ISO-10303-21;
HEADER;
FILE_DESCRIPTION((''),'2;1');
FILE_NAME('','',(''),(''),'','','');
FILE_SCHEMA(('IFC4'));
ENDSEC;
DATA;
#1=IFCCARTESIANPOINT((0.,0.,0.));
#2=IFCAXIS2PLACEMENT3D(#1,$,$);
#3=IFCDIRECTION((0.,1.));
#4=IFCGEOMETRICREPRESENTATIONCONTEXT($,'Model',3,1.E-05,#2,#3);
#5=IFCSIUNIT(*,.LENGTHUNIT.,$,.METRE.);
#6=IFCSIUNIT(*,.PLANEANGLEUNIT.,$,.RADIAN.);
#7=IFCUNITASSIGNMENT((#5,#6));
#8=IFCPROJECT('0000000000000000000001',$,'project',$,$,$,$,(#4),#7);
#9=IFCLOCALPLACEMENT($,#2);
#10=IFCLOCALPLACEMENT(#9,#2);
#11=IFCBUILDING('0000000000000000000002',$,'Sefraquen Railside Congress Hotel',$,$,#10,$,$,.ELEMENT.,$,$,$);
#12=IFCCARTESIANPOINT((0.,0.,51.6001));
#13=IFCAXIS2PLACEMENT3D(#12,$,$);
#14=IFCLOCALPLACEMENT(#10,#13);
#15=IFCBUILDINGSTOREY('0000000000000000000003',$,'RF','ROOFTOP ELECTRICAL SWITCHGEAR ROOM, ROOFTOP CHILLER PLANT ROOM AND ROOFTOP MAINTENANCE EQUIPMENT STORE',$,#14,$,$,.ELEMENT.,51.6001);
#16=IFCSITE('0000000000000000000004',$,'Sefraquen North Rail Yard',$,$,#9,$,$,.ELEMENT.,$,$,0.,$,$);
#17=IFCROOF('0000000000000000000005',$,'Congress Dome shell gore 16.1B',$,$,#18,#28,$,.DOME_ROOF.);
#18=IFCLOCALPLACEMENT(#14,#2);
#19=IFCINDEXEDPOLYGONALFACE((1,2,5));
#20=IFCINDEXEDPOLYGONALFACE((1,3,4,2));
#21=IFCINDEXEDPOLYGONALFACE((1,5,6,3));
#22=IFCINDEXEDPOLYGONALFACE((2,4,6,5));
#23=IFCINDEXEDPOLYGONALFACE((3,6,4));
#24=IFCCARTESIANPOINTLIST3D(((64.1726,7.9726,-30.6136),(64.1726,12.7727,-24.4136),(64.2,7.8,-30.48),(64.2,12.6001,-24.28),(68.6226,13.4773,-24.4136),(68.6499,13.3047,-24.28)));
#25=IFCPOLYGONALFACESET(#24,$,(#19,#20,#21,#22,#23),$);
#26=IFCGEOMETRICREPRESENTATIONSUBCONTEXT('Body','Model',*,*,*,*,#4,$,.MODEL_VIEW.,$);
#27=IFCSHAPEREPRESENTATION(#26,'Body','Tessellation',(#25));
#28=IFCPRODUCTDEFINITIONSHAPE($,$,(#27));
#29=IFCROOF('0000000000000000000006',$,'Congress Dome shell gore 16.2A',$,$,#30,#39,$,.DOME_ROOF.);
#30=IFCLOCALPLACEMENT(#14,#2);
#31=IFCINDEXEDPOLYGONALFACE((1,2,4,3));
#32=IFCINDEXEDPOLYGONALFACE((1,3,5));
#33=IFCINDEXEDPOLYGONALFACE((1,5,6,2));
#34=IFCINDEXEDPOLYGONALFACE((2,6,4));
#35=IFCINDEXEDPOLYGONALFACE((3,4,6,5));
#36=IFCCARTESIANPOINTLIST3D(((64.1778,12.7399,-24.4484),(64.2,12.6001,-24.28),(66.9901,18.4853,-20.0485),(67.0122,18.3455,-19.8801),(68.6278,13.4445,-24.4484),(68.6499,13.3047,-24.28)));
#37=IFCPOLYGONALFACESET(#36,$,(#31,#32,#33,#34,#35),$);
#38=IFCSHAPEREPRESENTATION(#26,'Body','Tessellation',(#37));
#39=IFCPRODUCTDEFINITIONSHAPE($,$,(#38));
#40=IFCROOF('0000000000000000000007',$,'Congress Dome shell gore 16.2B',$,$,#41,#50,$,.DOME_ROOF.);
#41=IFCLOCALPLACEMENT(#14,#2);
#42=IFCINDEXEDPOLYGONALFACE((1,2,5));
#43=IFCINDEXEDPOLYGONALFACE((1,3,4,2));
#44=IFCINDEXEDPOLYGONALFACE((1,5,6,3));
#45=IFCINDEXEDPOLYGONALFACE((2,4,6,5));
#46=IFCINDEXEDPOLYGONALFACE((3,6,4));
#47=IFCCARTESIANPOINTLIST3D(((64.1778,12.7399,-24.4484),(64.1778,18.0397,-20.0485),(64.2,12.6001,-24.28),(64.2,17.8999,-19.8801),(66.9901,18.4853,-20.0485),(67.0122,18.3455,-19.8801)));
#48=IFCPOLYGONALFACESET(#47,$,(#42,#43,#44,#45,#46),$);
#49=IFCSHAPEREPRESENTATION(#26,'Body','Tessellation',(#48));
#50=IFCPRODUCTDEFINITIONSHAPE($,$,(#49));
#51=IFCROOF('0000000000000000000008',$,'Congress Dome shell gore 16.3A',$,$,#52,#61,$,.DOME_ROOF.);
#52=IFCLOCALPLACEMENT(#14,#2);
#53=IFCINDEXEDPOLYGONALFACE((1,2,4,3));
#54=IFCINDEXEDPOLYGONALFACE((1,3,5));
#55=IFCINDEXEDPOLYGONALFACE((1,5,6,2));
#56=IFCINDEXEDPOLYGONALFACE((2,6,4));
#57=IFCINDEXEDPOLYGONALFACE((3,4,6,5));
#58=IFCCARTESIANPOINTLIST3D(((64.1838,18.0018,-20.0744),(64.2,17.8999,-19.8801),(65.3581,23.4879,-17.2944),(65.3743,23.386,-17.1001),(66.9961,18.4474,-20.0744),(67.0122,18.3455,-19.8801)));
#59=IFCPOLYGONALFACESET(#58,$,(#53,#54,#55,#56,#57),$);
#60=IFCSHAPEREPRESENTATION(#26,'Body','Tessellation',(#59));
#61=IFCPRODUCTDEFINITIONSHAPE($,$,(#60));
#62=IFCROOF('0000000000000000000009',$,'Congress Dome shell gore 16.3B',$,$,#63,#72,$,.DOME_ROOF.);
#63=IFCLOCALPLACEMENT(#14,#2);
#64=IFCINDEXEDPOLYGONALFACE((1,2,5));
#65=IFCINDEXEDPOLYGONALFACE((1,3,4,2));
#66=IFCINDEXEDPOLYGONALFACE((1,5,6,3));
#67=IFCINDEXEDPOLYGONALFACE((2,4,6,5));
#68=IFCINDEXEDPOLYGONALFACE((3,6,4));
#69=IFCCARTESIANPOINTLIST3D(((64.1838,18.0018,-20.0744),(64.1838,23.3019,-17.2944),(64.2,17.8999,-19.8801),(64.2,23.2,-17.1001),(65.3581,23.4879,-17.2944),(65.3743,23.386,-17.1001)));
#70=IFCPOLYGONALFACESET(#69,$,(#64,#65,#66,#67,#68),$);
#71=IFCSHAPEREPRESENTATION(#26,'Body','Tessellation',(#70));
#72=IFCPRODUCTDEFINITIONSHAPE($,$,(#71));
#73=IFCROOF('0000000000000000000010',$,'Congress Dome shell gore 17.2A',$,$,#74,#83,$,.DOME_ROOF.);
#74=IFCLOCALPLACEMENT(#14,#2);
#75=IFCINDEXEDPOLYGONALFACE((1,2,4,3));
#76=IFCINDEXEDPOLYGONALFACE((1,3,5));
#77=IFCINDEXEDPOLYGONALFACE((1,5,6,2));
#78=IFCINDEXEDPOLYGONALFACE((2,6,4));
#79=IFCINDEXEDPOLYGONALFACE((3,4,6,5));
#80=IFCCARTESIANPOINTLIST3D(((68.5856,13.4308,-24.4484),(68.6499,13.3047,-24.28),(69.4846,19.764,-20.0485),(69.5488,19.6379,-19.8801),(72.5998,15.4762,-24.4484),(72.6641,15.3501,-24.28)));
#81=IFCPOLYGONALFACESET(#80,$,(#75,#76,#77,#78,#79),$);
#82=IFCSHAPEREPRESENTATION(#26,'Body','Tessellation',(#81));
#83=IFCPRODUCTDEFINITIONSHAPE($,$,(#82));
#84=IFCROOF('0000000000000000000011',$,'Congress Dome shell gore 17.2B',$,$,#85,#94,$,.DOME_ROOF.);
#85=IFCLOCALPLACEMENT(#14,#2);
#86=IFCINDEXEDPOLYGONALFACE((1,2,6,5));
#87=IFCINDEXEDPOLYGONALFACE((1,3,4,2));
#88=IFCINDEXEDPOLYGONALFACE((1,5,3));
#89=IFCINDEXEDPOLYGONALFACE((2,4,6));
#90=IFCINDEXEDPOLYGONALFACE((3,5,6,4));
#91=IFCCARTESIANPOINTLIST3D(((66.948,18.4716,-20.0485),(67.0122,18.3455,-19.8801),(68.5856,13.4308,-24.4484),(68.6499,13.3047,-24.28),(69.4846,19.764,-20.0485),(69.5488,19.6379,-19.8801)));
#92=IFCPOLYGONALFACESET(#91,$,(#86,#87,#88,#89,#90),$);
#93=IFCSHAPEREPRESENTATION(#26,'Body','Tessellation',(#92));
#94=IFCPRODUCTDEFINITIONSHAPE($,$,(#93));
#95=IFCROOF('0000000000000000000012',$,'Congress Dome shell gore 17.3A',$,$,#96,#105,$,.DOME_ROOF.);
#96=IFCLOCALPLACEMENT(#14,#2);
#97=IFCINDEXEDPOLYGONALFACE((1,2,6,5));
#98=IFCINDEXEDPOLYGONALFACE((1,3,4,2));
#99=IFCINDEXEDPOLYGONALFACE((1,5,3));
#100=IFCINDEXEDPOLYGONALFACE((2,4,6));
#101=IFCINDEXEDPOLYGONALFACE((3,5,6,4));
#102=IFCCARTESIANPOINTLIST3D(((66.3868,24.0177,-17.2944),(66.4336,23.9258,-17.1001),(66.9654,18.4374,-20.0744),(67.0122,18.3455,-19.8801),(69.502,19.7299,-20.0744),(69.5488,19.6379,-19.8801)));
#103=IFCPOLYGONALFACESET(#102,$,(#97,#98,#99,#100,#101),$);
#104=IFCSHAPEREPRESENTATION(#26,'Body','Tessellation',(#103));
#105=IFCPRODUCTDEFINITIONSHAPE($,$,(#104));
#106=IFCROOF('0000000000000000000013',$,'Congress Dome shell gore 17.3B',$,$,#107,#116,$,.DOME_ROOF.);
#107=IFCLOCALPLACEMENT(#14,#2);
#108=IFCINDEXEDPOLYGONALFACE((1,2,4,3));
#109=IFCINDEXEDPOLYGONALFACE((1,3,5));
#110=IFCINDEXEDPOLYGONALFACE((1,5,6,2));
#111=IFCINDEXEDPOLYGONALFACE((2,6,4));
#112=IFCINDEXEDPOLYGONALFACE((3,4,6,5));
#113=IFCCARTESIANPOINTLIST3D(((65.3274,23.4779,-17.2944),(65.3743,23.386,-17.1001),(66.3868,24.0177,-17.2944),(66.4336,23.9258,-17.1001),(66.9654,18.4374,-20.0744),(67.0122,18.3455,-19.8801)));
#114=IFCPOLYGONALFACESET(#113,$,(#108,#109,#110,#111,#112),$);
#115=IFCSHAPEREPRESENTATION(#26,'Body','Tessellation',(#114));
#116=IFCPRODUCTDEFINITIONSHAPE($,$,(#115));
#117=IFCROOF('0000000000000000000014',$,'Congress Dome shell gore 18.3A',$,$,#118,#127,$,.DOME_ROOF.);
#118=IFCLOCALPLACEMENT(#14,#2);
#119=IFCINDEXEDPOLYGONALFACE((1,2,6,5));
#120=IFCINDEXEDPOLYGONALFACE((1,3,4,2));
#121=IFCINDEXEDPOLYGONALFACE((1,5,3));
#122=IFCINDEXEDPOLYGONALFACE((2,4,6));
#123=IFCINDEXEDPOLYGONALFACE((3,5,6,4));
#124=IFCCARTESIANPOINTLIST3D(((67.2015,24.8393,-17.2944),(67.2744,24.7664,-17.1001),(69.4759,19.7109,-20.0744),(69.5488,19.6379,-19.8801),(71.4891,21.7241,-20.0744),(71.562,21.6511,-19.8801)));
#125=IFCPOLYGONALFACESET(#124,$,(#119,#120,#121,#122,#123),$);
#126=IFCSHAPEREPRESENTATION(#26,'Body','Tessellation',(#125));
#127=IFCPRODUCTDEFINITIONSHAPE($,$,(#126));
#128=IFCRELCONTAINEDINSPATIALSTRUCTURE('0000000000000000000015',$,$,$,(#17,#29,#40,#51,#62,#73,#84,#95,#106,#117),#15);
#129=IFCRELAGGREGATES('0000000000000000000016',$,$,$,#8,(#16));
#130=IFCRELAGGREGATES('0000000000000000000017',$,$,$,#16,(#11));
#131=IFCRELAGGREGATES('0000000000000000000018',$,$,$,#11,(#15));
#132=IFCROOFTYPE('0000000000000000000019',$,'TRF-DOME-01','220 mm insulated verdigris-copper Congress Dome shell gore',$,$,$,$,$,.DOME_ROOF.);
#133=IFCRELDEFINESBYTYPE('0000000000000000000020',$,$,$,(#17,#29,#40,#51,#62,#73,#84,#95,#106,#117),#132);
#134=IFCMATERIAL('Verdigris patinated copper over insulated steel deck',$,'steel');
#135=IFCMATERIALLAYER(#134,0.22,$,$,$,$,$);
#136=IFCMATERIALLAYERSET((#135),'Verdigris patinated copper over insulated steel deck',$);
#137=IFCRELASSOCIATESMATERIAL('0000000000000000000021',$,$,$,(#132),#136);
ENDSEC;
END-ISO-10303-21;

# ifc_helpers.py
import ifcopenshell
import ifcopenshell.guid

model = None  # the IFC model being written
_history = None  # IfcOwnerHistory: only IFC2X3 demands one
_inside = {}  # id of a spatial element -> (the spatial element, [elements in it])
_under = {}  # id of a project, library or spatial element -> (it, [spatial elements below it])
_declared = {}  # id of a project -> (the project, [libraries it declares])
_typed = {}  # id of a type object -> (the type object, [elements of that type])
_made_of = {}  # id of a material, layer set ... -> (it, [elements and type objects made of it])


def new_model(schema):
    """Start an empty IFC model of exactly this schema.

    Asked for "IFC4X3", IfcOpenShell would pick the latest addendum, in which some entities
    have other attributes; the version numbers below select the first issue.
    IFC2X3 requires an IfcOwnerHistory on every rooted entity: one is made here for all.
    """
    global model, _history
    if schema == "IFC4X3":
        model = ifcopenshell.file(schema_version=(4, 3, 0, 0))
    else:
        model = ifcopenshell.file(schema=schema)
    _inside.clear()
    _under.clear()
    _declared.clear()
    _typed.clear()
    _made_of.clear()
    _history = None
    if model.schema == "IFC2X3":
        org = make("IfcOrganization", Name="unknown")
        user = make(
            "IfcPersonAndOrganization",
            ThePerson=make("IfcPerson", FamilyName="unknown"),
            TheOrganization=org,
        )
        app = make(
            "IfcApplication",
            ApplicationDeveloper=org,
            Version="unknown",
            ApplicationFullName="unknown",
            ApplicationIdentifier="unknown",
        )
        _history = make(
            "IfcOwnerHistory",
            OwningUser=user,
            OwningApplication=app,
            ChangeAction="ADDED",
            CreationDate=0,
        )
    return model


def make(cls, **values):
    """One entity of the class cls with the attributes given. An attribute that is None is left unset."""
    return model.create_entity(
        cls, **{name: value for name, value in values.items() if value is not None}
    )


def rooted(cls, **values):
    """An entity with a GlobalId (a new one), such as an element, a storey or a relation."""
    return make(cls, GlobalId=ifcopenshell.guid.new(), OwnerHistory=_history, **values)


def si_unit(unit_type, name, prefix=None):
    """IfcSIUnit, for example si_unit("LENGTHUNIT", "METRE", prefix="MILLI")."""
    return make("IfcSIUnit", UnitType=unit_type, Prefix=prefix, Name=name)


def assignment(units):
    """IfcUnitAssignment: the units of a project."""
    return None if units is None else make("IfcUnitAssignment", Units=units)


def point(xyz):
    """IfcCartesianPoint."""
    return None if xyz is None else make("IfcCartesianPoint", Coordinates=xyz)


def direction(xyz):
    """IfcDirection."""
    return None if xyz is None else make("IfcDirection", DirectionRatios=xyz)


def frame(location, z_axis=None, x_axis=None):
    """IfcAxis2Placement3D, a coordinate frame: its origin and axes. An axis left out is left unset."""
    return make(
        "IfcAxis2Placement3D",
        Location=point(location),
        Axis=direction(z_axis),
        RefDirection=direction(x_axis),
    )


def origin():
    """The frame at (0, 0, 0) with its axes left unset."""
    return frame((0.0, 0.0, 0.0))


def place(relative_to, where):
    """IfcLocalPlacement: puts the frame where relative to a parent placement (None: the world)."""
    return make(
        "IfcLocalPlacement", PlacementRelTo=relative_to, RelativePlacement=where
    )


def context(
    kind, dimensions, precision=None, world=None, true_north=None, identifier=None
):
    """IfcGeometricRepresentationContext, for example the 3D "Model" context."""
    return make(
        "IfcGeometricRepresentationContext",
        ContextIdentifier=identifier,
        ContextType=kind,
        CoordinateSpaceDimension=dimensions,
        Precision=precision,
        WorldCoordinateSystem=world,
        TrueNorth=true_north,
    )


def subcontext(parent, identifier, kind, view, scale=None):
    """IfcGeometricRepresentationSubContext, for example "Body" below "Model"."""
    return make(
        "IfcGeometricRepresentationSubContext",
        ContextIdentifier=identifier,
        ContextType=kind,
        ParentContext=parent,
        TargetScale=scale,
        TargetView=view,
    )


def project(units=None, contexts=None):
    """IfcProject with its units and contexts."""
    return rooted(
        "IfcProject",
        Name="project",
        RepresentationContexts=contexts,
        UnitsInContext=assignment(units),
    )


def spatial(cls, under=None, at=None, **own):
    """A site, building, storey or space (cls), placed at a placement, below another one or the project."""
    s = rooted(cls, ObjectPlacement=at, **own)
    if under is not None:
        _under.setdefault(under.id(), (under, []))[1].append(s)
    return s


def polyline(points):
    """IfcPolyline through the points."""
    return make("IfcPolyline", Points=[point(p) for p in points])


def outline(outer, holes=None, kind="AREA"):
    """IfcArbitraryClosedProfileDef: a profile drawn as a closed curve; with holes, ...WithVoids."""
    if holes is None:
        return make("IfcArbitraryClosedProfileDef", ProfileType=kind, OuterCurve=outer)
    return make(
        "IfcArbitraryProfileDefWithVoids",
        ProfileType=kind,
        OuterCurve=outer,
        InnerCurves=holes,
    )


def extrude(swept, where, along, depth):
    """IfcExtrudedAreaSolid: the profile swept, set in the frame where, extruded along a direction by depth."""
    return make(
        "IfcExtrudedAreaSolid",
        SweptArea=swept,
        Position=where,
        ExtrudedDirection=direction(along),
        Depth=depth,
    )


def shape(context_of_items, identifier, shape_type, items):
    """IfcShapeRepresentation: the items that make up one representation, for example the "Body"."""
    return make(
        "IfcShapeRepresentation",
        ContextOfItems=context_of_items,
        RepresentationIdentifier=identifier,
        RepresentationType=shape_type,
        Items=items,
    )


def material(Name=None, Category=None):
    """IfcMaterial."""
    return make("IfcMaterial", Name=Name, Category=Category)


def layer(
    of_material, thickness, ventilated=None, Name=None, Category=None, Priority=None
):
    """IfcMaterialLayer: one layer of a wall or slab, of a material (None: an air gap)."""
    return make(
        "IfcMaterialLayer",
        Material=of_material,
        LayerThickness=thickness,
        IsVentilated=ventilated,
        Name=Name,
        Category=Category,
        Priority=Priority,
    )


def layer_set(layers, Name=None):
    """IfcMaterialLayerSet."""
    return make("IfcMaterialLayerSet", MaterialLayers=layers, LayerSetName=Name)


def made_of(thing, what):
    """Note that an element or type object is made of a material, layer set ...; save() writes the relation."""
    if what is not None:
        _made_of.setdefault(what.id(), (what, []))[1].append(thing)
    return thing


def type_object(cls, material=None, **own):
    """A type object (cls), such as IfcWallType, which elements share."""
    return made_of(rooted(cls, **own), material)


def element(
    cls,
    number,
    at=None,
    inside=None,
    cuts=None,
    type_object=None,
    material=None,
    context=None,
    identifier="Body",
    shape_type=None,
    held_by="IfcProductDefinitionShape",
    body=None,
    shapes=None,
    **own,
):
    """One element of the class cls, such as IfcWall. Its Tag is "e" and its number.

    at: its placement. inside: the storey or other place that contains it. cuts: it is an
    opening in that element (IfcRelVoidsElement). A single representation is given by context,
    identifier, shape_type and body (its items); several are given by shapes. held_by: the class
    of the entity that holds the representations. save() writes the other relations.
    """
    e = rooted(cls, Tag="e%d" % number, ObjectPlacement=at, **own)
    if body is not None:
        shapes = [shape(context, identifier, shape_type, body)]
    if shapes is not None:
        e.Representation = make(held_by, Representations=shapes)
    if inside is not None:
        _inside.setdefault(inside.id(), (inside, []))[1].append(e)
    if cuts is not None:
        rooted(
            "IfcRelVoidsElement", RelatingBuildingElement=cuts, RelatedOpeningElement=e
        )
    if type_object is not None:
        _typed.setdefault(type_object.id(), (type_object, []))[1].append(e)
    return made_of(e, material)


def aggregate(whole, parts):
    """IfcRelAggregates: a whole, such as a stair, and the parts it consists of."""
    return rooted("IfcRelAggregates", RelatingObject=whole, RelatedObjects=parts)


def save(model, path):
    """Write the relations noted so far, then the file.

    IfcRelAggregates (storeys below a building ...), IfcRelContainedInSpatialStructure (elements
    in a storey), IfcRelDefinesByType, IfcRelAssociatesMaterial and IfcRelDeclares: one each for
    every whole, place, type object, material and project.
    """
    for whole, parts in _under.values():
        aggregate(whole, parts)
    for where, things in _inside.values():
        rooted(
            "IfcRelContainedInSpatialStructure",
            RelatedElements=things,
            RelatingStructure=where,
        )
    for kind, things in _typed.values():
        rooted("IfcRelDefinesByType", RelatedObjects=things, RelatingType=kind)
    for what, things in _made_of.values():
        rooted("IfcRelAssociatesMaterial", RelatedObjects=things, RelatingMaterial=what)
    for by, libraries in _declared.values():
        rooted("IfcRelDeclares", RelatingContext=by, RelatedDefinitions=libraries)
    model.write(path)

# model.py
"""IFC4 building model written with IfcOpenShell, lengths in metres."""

from ifc_helpers import new_model, si_unit, direction, frame, origin, place, context, subcontext, project, spatial, polyline, outline, extrude, material, layer, layer_set, type_object, element, save


model = new_model("IFC4")

# Units and contexts
model_context = context("Model", 3, precision=1e-05, world=origin(), true_north=direction((0.0, 1.0)))
body_context = subcontext(model_context, "Body", "Model", "MODEL_VIEW")
ifc_project = project(units=[si_unit("LENGTHUNIT", "METRE"), si_unit("PLANEANGLEUNIT", "RADIAN")], contexts=[model_context])

# Site, building, storey
site_placement = place(None, origin())
site = spatial("IfcSite", under=ifc_project, at=site_placement, Name="Sefraquen North Rail Yard", CompositionType="ELEMENT", RefElevation=0.0)
building_placement = place(site_placement, origin())
building = spatial("IfcBuilding", under=site, at=building_placement, Name="Sefraquen Railside Congress Hotel", CompositionType="ELEMENT")
storey_placement = place(building_placement, frame((0.0, 0.0, 51.6001)))
storey = spatial("IfcBuildingStorey", under=building, at=storey_placement, Name="RF", Description="ROOFTOP ELECTRICAL SWITCHGEAR ROOM, ROOFTOP CHILLER PLANT ROOM AND ROOFTOP MAINTENANCE EQUIPMENT STORE", CompositionType="ELEMENT", Elevation=51.6001)

# Roofs
ifc_material_1 = material(Name="Verdigris patinated copper over insulated steel deck", Category="steel")
ifc_layer = layer(ifc_material_1, 0.22)
ifc_layer_set = layer_set([ifc_layer], Name="Verdigris patinated copper over insulated steel deck")
roof_type = type_object("IfcRoofType", Name="TRF-DOME-01", Description="220 mm insulated verdigris-copper Congress Dome shell gore", PredefinedType="DOME_ROOF", material=ifc_layer_set)
roof_1_placement = place(storey_placement, frame((64.2, 7.8, -30.48), z_axis=(0.12423, -0.784593, 0.607438), x_axis=(0.472911, 0.584996, 0.658889)))
element("IfcRoof", 1, at=roof_1_placement, inside=storey, type_object=roof_type, Name="Congress Dome shell gore 16.1B", PredefinedType="DOME_ROOF", context=body_context, shape_type="SweptSolid", body=[
    extrude(outline(polyline([(0.0, 0.0), (9.4097, 0.0), (6.8931, 3.737), (0.0, 0.0)])), origin(), (0.0, 0.0, -1.0), 0.22),
])
roof_2_placement = place(storey_placement, frame((64.2, 12.6001, -24.28), z_axis=(0.100623, -0.6355, 0.765516), x_axis=(0.987696, 0.156388, 0.0)))
element("IfcRoof", 2, at=roof_2_placement, inside=storey, type_object=roof_type, Name="Congress Dome shell gore 16.2A", PredefinedType="DOME_ROOF", context=body_context, shape_type="SweptSolid", body=[
    extrude(outline(polyline([(0.0, 0.0), (4.5054, 0.0), (3.6762, 6.8383), (0.0, 0.0)])), origin(), (0.0, 0.0, -1.0), 0.22),
])
roof_3_placement = place(storey_placement, frame((64.2, 12.6001, -24.28), z_axis=(0.100687, -0.635515, 0.765495), x_axis=(0.362225, 0.740016, 0.566718)))
element("IfcRoof", 3, at=roof_3_placement, inside=storey, type_object=roof_type, Name="Congress Dome shell gore 16.2B", PredefinedType="DOME_ROOF", context=body_context, shape_type="SweptSolid", body=[
    extrude(outline(polyline([(0.0, 0.0), (7.7638, 0.0), (6.4154, 2.5078), (0.0, 0.0)])), origin(), (0.0, 0.0, -1.0), 0.22),
])
roof_4_placement = place(storey_placement, frame((64.2, 17.8999, -19.8801), z_axis=(0.073395, -0.463255, 0.88318), x_axis=(0.987681, 0.156482, 0.0)))
element("IfcRoof", 4, at=roof_4_placement, inside=storey, type_object=roof_type, Name="Congress Dome shell gore 16.3A", PredefinedType="DOME_ROOF", context=body_context, shape_type="SweptSolid", body=[
    extrude(outline(polyline([(0.0, 0.0), (2.8473, 0.0), (2.0183, 5.9271), (0.0, 0.0)])), origin(), (0.0, 0.0, -1.0), 0.22),
])
roof_5_placement = place(storey_placement, frame((64.2, 17.8999, -19.8801), z_axis=(0.073389, -0.463254, 0.883181), x_axis=(0.18755, 0.87618, 0.443997)))
element("IfcRoof", 5, at=roof_5_placement, inside=storey, type_object=roof_type, Name="Congress Dome shell gore 16.3B", PredefinedType="DOME_ROOF", context=body_context, shape_type="SweptSolid", body=[
    extrude(outline(polyline([(0.0, 0.0), (6.2614, 0.0), (5.8781, 1.1255), (0.0, 0.0)])), origin(), (0.0, 0.0, -1.0), 0.22),
])
roof_6_placement = place(storey_placement, frame((68.6499, 13.3047, -24.28), z_axis=(0.292118, -0.573287, 0.765512), x_axis=(0.890998, 0.454007, 0.0)))
element("IfcRoof", 6, at=roof_6_placement, inside=storey, type_object=roof_type, Name="Congress Dome shell gore 17.2A", PredefinedType="DOME_ROOF", context=body_context, shape_type="SweptSolid", body=[
    extrude(outline(polyline([(0.0, 0.0), (4.5052, 0.0), (3.6763, 6.8383), (0.0, 0.0)])), origin(), (0.0, 0.0, -1.0), 0.22),
])
roof_7_placement = place(storey_placement, frame((68.6499, 13.3047, -24.28), z_axis=(0.292107, -0.573288, 0.765516), x_axis=(0.115784, 0.815737, 0.566717)))
element("IfcRoof", 7, at=roof_7_placement, inside=storey, type_object=roof_type, Name="Congress Dome shell gore 17.2B", PredefinedType="DOME_ROOF", context=body_context, shape_type="SweptSolid", body=[
    extrude(outline(polyline([(0.0, 0.0), (7.7638, 0.0), (6.4158, 2.5075), (0.0, 0.0)])), origin(), (0.0, 0.0, -1.0), 0.22),
])
roof_8_placement = place(storey_placement, frame((67.0122, 18.3455, -19.8801), z_axis=(0.212936, -0.417909, 0.883182), x_axis=(0.891005, 0.453993, 0.0)))
element("IfcRoof", 8, at=roof_8_placement, inside=storey, type_object=roof_type, Name="Congress Dome shell gore 17.3A", PredefinedType="DOME_ROOF", context=body_context, shape_type="SweptSolid", body=[
    extrude(outline(polyline([(0.0, 0.0), (2.8469, 0.0), (2.0179, 5.9272), (0.0, 0.0)])), origin(), (0.0, 0.0, -1.0), 0.22),
])
roof_9_placement = place(storey_placement, frame((67.0122, 18.3455, -19.8801), z_axis=(0.21295, -0.417906, 0.88318), x_axis=(-0.092412, 0.891246, 0.444005)))
element("IfcRoof", 9, at=roof_9_placement, inside=storey, type_object=roof_type, Name="Congress Dome shell gore 17.3B", PredefinedType="DOME_ROOF", context=body_context, shape_type="SweptSolid", body=[
    extrude(outline(polyline([(0.0, 0.0), (6.2613, 0.0), (5.8781, 1.1255), (0.0, 0.0)])), origin(), (0.0, 0.0, -1.0), 0.22),
])
roof_10_placement = place(storey_placement, frame((69.5488, 19.6379, -19.8801), z_axis=(0.331664, -0.331664, 0.883175), x_axis=(0.707107, 0.707107, 0.0)))
element("IfcRoof", 10, at=roof_10_placement, inside=storey, type_object=roof_type, Name="Congress Dome shell gore 18.3A", PredefinedType="DOME_ROOF", context=body_context, shape_type="SweptSolid", body=[
    extrude(outline(polyline([(0.0, 0.0), (2.8471, 0.0), (2.0181, 5.927), (0.0, 0.0)])), origin(), (0.0, 0.0, -1.0), 0.22),
])

save(model, "model.ifc")
